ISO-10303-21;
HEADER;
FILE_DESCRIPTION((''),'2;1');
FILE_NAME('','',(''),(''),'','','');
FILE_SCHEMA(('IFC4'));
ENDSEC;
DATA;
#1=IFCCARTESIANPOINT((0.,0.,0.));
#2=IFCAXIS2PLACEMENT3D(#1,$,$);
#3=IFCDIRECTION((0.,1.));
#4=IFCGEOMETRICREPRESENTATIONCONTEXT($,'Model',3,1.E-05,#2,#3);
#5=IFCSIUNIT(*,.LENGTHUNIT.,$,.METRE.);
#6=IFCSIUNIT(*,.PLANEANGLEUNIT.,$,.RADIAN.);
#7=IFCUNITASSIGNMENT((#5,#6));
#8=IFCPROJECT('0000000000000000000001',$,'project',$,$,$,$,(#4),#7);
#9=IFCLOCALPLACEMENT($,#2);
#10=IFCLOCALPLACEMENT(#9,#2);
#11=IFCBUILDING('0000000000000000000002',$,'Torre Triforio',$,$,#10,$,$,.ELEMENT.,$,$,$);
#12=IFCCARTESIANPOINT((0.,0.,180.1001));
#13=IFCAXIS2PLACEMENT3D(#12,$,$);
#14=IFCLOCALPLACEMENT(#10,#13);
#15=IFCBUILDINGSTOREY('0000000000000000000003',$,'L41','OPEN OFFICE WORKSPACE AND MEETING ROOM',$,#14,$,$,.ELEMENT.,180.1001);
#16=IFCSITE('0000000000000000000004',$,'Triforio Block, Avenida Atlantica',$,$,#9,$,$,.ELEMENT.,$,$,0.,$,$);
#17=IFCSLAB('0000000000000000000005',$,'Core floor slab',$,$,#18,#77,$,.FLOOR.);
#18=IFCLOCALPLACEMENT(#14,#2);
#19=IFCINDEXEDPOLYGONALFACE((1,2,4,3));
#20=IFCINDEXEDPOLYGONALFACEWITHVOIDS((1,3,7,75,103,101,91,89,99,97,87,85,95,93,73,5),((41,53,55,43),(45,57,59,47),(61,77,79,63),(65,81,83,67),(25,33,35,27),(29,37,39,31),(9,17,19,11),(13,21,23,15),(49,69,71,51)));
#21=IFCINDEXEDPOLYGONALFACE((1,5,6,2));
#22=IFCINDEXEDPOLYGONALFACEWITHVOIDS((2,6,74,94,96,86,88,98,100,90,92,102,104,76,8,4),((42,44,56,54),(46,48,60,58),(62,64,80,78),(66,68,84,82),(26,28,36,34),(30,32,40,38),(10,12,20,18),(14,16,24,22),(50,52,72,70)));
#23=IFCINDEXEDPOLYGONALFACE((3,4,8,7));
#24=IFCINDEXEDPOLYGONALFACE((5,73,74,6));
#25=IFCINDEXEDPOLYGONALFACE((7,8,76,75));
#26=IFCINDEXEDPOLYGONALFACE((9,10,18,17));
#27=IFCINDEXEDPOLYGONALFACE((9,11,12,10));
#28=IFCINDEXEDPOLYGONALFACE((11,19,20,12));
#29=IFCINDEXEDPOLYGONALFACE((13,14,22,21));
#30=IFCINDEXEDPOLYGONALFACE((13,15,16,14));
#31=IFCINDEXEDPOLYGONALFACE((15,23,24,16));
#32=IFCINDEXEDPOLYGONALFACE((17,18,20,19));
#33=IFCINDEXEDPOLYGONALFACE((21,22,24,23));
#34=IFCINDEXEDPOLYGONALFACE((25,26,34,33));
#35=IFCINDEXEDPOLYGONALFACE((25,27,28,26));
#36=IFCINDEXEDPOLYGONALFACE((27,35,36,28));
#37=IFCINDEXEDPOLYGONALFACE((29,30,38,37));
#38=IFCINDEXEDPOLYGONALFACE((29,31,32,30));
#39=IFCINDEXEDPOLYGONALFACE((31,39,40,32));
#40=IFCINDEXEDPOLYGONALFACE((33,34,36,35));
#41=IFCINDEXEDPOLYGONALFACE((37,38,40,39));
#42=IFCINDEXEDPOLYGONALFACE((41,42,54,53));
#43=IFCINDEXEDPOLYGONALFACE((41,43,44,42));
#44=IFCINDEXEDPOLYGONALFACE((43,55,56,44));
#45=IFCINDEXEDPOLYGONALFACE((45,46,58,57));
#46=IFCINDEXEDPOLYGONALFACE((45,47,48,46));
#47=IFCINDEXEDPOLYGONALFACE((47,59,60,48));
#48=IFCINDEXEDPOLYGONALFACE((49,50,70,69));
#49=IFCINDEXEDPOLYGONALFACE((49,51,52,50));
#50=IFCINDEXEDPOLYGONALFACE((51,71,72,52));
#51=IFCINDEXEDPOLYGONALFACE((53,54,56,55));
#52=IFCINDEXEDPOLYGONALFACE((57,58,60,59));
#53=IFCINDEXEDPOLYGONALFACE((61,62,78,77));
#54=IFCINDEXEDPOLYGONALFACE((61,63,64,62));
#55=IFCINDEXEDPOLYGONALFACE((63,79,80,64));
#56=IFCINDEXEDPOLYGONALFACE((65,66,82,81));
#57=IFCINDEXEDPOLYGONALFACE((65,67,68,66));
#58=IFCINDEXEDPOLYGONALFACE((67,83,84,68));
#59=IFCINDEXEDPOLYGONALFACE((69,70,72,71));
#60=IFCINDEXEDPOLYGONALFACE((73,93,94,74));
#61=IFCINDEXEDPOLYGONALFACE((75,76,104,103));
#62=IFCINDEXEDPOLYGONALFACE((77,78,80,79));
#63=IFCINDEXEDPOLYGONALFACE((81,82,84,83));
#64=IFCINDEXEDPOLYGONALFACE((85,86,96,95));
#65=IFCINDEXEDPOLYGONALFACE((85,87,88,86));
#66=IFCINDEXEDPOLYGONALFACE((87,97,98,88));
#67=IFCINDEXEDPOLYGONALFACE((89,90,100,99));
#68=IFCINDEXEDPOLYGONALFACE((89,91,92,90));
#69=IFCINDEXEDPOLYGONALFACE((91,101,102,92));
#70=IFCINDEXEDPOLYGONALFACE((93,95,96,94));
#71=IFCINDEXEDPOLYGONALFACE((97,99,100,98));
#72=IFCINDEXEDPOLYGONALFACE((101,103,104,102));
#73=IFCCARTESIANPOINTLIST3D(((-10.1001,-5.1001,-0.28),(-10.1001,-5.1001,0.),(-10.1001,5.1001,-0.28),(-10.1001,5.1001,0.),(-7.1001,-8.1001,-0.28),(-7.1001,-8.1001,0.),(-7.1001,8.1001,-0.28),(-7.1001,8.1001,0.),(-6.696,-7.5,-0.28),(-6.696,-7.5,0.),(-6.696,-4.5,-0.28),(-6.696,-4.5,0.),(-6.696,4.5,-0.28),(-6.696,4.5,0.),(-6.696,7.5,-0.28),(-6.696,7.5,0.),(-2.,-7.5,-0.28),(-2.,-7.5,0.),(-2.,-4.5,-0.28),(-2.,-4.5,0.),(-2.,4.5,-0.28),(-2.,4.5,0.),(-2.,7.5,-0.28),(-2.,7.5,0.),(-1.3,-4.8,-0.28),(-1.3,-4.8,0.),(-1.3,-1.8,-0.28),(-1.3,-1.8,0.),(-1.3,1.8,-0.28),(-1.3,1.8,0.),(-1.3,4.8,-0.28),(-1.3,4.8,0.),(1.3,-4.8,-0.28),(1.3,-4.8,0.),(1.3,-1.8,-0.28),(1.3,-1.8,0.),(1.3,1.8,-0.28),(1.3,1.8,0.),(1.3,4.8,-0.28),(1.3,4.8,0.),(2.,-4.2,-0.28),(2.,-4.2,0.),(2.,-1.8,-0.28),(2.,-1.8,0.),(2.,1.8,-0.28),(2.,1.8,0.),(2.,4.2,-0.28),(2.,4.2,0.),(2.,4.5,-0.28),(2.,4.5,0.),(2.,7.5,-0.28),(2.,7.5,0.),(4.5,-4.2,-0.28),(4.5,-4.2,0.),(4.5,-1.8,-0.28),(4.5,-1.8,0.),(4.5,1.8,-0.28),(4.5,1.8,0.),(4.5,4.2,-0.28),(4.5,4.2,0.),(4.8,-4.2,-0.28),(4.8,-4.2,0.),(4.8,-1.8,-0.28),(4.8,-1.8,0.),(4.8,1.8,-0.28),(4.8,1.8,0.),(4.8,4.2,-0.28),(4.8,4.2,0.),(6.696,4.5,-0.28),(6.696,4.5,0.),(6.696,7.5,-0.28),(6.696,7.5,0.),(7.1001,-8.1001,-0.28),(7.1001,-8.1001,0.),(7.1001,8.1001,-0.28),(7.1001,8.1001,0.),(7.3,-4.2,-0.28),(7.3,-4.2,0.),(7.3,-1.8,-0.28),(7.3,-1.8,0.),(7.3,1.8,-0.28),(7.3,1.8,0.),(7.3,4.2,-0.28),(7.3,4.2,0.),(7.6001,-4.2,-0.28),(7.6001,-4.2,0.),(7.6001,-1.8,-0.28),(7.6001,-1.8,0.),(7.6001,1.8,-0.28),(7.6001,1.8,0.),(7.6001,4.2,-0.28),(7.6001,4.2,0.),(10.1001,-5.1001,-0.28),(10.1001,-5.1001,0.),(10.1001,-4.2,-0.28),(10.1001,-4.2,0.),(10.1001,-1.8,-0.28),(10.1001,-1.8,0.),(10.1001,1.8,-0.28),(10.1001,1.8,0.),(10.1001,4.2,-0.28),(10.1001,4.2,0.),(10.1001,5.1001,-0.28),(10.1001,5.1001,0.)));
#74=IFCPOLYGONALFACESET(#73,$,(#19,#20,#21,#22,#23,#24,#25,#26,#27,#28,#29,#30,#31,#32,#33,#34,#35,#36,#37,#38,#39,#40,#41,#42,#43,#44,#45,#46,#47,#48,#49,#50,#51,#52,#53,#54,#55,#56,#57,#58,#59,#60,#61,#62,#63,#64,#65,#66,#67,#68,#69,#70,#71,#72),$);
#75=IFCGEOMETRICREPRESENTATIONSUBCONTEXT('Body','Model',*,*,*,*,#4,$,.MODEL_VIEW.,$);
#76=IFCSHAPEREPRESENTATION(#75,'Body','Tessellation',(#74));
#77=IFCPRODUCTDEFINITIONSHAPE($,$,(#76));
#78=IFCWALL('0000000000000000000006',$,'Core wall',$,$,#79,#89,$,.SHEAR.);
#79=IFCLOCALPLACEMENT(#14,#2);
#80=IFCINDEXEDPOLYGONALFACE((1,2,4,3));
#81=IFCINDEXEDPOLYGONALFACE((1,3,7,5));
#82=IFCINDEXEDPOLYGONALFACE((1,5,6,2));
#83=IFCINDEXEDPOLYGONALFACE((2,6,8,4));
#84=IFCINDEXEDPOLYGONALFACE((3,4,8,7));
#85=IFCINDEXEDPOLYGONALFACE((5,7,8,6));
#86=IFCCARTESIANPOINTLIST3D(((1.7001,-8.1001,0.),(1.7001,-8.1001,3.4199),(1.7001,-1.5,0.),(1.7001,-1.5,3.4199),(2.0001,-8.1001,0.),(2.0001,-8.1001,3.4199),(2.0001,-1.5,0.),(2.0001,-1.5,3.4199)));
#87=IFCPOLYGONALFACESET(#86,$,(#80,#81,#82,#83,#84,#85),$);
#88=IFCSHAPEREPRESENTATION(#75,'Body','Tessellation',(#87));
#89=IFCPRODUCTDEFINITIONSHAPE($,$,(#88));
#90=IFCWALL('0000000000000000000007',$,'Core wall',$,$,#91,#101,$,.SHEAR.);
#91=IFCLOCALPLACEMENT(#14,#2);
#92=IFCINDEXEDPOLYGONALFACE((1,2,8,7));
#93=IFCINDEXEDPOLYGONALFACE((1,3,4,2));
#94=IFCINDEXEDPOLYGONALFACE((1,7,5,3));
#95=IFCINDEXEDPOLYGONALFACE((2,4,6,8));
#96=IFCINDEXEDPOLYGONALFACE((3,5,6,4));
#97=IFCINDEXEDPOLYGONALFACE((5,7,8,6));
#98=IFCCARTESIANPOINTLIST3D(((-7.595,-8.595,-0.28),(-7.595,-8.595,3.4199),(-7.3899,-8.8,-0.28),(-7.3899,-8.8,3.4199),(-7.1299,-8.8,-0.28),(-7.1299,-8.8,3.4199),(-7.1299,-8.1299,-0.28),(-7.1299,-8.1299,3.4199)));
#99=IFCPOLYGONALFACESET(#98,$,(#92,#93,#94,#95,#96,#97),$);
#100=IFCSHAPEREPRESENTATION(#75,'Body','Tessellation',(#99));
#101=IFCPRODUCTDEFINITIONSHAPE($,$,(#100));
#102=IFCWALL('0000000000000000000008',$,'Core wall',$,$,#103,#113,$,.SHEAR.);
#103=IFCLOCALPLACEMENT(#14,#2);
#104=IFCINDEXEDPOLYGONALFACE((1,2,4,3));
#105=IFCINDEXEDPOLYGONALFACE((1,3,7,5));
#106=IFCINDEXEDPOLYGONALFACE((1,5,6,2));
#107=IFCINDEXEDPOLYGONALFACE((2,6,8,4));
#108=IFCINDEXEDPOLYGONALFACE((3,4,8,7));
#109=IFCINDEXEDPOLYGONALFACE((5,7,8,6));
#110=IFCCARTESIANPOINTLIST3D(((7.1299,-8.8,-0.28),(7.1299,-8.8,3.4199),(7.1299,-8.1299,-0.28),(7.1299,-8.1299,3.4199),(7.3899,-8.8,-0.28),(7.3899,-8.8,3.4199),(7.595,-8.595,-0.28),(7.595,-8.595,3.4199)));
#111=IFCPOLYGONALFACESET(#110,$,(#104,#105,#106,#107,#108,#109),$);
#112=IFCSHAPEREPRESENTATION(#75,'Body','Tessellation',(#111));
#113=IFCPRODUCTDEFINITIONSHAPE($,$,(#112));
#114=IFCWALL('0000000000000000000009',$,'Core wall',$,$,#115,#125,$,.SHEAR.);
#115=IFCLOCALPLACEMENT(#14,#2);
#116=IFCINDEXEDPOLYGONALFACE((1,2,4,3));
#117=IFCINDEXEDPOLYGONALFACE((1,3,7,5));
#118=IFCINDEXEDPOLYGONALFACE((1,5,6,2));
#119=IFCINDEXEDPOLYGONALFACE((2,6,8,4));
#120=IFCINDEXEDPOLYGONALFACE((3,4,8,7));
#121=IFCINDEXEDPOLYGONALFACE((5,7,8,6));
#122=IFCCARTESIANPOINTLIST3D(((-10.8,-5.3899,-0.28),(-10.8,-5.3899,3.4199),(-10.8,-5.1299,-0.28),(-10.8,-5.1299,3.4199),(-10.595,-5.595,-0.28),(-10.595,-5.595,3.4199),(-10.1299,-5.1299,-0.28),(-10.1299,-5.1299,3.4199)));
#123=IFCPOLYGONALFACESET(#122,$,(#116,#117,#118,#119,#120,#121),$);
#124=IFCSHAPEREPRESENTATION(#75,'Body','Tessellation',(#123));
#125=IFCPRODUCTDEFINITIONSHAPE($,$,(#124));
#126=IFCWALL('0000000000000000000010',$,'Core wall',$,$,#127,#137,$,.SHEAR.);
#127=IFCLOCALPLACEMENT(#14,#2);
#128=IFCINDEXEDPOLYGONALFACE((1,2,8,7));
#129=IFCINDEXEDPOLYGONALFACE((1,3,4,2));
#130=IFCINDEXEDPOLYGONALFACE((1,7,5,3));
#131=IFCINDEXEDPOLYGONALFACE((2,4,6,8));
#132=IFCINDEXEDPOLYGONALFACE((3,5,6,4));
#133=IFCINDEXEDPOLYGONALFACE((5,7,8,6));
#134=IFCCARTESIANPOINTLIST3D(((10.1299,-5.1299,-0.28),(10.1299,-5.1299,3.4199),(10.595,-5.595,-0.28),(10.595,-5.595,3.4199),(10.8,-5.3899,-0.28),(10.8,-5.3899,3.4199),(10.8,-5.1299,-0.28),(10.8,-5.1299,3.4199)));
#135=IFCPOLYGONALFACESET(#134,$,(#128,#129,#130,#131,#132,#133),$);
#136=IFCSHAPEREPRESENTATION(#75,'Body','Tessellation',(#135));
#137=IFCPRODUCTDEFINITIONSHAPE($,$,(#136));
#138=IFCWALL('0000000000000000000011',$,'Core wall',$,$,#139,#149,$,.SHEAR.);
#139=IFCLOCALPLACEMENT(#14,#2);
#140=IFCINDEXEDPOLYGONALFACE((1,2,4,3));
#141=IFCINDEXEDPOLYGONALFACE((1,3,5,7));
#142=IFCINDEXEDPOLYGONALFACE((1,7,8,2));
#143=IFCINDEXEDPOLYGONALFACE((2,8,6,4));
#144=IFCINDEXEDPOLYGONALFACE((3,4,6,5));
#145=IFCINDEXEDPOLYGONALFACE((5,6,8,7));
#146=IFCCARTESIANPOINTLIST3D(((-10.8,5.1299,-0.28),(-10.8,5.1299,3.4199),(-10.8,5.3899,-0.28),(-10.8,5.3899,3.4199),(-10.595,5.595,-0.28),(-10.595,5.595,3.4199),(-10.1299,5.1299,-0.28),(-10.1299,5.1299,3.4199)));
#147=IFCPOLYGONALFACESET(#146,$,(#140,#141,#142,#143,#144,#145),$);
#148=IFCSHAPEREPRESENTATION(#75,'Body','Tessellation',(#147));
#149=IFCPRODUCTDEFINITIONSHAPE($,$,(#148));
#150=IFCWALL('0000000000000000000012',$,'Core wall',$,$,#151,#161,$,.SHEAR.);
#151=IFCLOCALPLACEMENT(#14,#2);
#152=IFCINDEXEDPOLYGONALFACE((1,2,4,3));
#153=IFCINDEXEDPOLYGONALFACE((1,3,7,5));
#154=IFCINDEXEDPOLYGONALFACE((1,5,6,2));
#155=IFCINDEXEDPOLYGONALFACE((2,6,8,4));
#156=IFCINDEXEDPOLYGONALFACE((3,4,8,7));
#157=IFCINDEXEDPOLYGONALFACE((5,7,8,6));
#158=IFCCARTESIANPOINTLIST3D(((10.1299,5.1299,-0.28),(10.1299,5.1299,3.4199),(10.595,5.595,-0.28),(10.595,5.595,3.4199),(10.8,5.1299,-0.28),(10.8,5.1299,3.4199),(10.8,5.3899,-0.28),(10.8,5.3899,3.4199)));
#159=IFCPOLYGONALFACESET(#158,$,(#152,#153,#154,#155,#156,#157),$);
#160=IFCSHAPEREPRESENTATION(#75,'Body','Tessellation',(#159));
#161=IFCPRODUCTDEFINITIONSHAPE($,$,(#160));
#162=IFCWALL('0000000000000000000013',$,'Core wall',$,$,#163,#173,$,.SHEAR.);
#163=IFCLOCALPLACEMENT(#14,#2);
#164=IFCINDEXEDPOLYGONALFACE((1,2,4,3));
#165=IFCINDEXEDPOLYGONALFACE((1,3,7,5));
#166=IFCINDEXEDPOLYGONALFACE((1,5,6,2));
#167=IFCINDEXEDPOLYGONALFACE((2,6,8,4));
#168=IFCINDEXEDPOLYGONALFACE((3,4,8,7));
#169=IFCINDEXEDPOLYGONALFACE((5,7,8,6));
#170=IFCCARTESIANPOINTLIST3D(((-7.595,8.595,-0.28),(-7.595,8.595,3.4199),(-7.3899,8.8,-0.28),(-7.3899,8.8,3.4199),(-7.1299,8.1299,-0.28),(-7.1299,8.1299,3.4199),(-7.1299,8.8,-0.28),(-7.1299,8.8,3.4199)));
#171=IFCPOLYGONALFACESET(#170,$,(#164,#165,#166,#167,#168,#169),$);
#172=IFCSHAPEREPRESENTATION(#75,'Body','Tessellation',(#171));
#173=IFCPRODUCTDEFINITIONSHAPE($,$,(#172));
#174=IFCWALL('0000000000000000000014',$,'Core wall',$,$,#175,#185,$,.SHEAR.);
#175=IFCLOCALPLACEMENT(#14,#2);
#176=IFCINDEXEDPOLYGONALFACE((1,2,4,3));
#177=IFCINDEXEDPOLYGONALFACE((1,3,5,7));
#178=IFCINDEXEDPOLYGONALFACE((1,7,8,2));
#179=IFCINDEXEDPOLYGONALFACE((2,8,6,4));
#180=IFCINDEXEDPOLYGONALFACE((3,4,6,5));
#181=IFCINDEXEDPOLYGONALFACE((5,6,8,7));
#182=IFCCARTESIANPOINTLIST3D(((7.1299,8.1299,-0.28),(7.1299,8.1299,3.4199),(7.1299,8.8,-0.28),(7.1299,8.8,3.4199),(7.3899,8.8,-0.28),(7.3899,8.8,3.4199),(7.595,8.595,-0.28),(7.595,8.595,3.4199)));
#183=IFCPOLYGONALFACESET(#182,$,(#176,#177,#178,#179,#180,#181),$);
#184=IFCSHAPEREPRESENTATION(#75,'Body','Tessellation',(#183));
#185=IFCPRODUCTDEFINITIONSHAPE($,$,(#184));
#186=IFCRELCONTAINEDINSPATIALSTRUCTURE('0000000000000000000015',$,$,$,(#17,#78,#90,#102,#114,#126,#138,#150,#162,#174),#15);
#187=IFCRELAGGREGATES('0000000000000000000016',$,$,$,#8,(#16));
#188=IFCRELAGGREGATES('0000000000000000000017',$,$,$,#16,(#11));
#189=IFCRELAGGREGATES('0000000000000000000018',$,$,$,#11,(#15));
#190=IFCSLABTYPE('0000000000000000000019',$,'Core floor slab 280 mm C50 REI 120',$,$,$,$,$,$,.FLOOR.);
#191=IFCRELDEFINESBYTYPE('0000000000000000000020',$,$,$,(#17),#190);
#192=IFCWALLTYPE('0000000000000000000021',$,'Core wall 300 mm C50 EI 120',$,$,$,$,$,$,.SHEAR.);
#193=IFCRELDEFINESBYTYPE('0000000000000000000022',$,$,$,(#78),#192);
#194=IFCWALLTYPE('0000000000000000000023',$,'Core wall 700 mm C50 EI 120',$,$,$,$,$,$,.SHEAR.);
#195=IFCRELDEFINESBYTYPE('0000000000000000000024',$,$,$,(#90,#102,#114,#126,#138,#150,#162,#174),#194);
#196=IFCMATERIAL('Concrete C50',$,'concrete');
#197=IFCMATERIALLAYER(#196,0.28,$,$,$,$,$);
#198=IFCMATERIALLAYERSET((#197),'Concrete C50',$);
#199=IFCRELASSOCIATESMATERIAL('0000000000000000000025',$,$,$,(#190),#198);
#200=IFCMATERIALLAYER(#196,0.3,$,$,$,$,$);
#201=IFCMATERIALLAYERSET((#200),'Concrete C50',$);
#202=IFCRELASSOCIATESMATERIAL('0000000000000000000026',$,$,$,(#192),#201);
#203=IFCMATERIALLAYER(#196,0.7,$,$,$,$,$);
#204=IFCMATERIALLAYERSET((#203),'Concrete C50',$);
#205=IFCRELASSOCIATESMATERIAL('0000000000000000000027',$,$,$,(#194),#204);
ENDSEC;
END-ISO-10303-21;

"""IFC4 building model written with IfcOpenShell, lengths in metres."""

from ifc_helpers import new_model, si_unit, direction, frame, frame_2d, origin, place, context, subcontext, project, spatial, polyline, rectangle, outline, extrude, material, layer, layer_set, type_object, element, save


model = new_model("IFC4")

# Units and contexts
model_context = context("Model", 3, precision=1e-05, world=origin(), true_north=direction((0.0, 1.0)))
body_context = subcontext(model_context, "Body", "Model", "MODEL_VIEW")
ifc_project = project(units=[si_unit("LENGTHUNIT", "METRE"), si_unit("PLANEANGLEUNIT", "RADIAN")], contexts=[model_context])

# Site, building, storey
site_placement = place(None, origin())
site = spatial("IfcSite", under=ifc_project, at=site_placement, Name="Triforio Block, Avenida Atlantica", CompositionType="ELEMENT", RefElevation=0.0)
building_placement = place(site_placement, origin())
building = spatial("IfcBuilding", under=site, at=building_placement, Name="Torre Triforio", CompositionType="ELEMENT")
storey_placement = place(building_placement, frame((0.0, 0.0, 180.1001)))
storey = spatial("IfcBuildingStorey", under=building, at=storey_placement, Name="L41", Description="OPEN OFFICE WORKSPACE AND MEETING ROOM", CompositionType="ELEMENT", Elevation=180.1001)

# Slab
ifc_material_1 = material(Name="Concrete C50", Category="concrete")
ifc_layer_1 = layer(ifc_material_1, 0.28)
ifc_layer_set_1 = layer_set([ifc_layer_1], Name="Concrete C50")
slab_type = type_object("IfcSlabType", Name="Core floor slab 280 mm C50 REI 120", PredefinedType="FLOOR", material=ifc_layer_set_1)
slab_placement = place(storey_placement, frame((0.0, 0.0, -0.28)))
element("IfcSlab", 1, at=slab_placement, inside=storey, type_object=slab_type, Name="Core floor slab", PredefinedType="FLOOR", context=body_context, shape_type="SweptSolid", body=[
    extrude(outline(polyline([(10.1001, -5.1001), (7.1001, -8.1001), (-7.1001, -8.1001), (-10.1001, -5.1001), (-10.1001, 5.1001), (-7.1001, 8.1001), (7.1001, 8.1001), (10.1001, 5.1001), (10.1001, 4.2), (7.6001, 4.2), (7.6001, 1.8), (10.1001, 1.8), (10.1001, -1.8), (7.6001, -1.8), (7.6001, -4.2), (10.1001, -4.2), (10.1001, -5.1001)]), holes=[polyline([(-6.696, -4.5), (-6.696, -7.5), (-2.0, -7.5), (-2.0, -4.5), (-6.696, -4.5)]), polyline([(-1.3, -1.8), (-1.3, -4.8), (1.3, -4.8), (1.3, -1.8), (-1.3, -1.8)]), polyline([(2.0, -1.8), (2.0, -4.2), (4.5, -4.2), (4.5, -1.8), (2.0, -1.8)]), polyline([(4.5, 4.2), (2.0, 4.2), (2.0, 1.8), (4.5, 1.8), (4.5, 4.2)]), polyline([(1.3, 4.8), (-1.3, 4.8), (-1.3, 1.8), (1.3, 1.8), (1.3, 4.8)]), polyline([(-6.696, 7.5), (-6.696, 4.5), (-2.0, 4.5), (-2.0, 7.5), (-6.696, 7.5)]), polyline([(7.3, -1.8), (4.8, -1.8), (4.8, -4.2), (7.3, -4.2), (7.3, -1.8)]), polyline([(4.8, 4.2), (4.8, 1.8), (7.3, 1.8), (7.3, 4.2), (4.8, 4.2)]), polyline([(6.696, 7.5), (2.0, 7.5), (2.0, 4.5), (6.696, 4.5), (6.696, 7.5)])]), origin(), (0.0, 0.0, 1.0), 0.28),
])

# Walls
ifc_layer_2 = layer(ifc_material_1, 0.3)
ifc_layer_set_2 = layer_set([ifc_layer_2], Name="Concrete C50")
wall_type_1 = type_object("IfcWallType", Name="Core wall 300 mm C50 EI 120", PredefinedType="SHEAR", material=ifc_layer_set_2)
wall_1_placement = place(storey_placement, frame((1.8501, -8.1001, 0.0), z_axis=(0.0, 0.0, 1.0), x_axis=(0.0, 1.0, 0.0)))
element("IfcWall", 2, at=wall_1_placement, inside=storey, type_object=wall_type_1, Name="Core wall", PredefinedType="SHEAR", context=body_context, shape_type="SweptSolid", body=[
    extrude(rectangle(XDim=6.6001, YDim=0.3, at=frame_2d((3.3, 0.0))), origin(), (0.0, 0.0, 1.0), 3.4199),
])
ifc_layer_3 = layer(ifc_material_1, 0.7)
ifc_layer_set_3 = layer_set([ifc_layer_3], Name="Concrete C50")
wall_type_2 = type_object("IfcWallType", Name="Core wall 700 mm C50 EI 120", PredefinedType="SHEAR", material=ifc_layer_set_3)
wall_2_placement = place(storey_placement, frame((0.0, 0.0, -0.28)))
element("IfcWall", 3, at=wall_2_placement, inside=storey, type_object=wall_type_2, Name="Core wall", PredefinedType="SHEAR", context=body_context, shape_type="SweptSolid", body=[
    extrude(outline(polyline([(-7.3899, -8.8), (-7.595, -8.595), (-7.595, -8.595), (-7.595, -8.595), (-7.1299, -8.1299), (-7.1299, -8.8), (-7.1299, -8.8), (-7.3899, -8.8)])), origin(), (0.0, 0.0, 1.0), 3.7),
])
wall_3_placement = place(storey_placement, frame((0.0, 0.0, -0.28)))
element("IfcWall", 4, at=wall_3_placement, inside=storey, type_object=wall_type_2, Name="Core wall", PredefinedType="SHEAR", context=body_context, shape_type="SweptSolid", body=[
    extrude(outline(polyline([(7.3899, -8.8), (7.1299, -8.8), (7.1299, -8.8), (7.1299, -8.1299), (7.595, -8.595), (7.595, -8.595), (7.595, -8.595), (7.3899, -8.8)])), origin(), (0.0, 0.0, 1.0), 3.7),
])
wall_4_placement = place(storey_placement, frame((0.0, 0.0, -0.28)))
element("IfcWall", 5, at=wall_4_placement, inside=storey, type_object=wall_type_2, Name="Core wall", PredefinedType="SHEAR", context=body_context, shape_type="SweptSolid", body=[
    extrude(outline(polyline([(-10.8, -5.3899), (-10.8, -5.1299), (-10.8, -5.1299), (-10.1299, -5.1299), (-10.595, -5.595), (-10.595, -5.595), (-10.595, -5.595), (-10.8, -5.3899)])), origin(), (0.0, 0.0, 1.0), 3.7),
])
wall_5_placement = place(storey_placement, frame((0.0, 0.0, -0.28)))
element("IfcWall", 6, at=wall_5_placement, inside=storey, type_object=wall_type_2, Name="Core wall", PredefinedType="SHEAR", context=body_context, shape_type="SweptSolid", body=[
    extrude(outline(polyline([(10.8, -5.3899), (10.595, -5.595), (10.595, -5.595), (10.595, -5.595), (10.1299, -5.1299), (10.8, -5.1299), (10.8, -5.1299), (10.8, -5.3899)])), origin(), (0.0, 0.0, 1.0), 3.7),
])
wall_6_placement = place(storey_placement, frame((0.0, 0.0, -0.28)))
element("IfcWall", 7, at=wall_6_placement, inside=storey, type_object=wall_type_2, Name="Core wall", PredefinedType="SHEAR", context=body_context, shape_type="SweptSolid", body=[
    extrude(outline(polyline([(-10.595, 5.595), (-10.595, 5.595), (-10.595, 5.595), (-10.1299, 5.1299), (-10.8, 5.1299), (-10.8, 5.1299), (-10.8, 5.3899), (-10.595, 5.595)])), origin(), (0.0, 0.0, 1.0), 3.7),
])
wall_7_placement = place(storey_placement, frame((0.0, 0.0, -0.28)))
element("IfcWall", 8, at=wall_7_placement, inside=storey, type_object=wall_type_2, Name="Core wall", PredefinedType="SHEAR", context=body_context, shape_type="SweptSolid", body=[
    extrude(outline(polyline([(10.8, 5.3899), (10.8, 5.1299), (10.8, 5.1299), (10.1299, 5.1299), (10.595, 5.595), (10.595, 5.595), (10.595, 5.595), (10.8, 5.3899)])), origin(), (0.0, 0.0, 1.0), 3.7),
])
wall_8_placement = place(storey_placement, frame((0.0, 0.0, -0.28)))
element("IfcWall", 9, at=wall_8_placement, inside=storey, type_object=wall_type_2, Name="Core wall", PredefinedType="SHEAR", context=body_context, shape_type="SweptSolid", body=[
    extrude(outline(polyline([(-7.3899, 8.8), (-7.1299, 8.8), (-7.1299, 8.8), (-7.1299, 8.1299), (-7.595, 8.595), (-7.595, 8.595), (-7.595, 8.595), (-7.3899, 8.8)])), origin(), (0.0, 0.0, 1.0), 3.7),
])
wall_9_placement = place(storey_placement, frame((0.0, 0.0, -0.28)))
element("IfcWall", 10, at=wall_9_placement, inside=storey, type_object=wall_type_2, Name="Core wall", PredefinedType="SHEAR", context=body_context, shape_type="SweptSolid", body=[
    extrude(outline(polyline([(7.3899, 8.8), (7.595, 8.595), (7.595, 8.595), (7.595, 8.595), (7.1299, 8.1299), (7.1299, 8.8), (7.1299, 8.8), (7.3899, 8.8)])), origin(), (0.0, 0.0, 1.0), 3.7),
])

save(model, "model.ifc")
